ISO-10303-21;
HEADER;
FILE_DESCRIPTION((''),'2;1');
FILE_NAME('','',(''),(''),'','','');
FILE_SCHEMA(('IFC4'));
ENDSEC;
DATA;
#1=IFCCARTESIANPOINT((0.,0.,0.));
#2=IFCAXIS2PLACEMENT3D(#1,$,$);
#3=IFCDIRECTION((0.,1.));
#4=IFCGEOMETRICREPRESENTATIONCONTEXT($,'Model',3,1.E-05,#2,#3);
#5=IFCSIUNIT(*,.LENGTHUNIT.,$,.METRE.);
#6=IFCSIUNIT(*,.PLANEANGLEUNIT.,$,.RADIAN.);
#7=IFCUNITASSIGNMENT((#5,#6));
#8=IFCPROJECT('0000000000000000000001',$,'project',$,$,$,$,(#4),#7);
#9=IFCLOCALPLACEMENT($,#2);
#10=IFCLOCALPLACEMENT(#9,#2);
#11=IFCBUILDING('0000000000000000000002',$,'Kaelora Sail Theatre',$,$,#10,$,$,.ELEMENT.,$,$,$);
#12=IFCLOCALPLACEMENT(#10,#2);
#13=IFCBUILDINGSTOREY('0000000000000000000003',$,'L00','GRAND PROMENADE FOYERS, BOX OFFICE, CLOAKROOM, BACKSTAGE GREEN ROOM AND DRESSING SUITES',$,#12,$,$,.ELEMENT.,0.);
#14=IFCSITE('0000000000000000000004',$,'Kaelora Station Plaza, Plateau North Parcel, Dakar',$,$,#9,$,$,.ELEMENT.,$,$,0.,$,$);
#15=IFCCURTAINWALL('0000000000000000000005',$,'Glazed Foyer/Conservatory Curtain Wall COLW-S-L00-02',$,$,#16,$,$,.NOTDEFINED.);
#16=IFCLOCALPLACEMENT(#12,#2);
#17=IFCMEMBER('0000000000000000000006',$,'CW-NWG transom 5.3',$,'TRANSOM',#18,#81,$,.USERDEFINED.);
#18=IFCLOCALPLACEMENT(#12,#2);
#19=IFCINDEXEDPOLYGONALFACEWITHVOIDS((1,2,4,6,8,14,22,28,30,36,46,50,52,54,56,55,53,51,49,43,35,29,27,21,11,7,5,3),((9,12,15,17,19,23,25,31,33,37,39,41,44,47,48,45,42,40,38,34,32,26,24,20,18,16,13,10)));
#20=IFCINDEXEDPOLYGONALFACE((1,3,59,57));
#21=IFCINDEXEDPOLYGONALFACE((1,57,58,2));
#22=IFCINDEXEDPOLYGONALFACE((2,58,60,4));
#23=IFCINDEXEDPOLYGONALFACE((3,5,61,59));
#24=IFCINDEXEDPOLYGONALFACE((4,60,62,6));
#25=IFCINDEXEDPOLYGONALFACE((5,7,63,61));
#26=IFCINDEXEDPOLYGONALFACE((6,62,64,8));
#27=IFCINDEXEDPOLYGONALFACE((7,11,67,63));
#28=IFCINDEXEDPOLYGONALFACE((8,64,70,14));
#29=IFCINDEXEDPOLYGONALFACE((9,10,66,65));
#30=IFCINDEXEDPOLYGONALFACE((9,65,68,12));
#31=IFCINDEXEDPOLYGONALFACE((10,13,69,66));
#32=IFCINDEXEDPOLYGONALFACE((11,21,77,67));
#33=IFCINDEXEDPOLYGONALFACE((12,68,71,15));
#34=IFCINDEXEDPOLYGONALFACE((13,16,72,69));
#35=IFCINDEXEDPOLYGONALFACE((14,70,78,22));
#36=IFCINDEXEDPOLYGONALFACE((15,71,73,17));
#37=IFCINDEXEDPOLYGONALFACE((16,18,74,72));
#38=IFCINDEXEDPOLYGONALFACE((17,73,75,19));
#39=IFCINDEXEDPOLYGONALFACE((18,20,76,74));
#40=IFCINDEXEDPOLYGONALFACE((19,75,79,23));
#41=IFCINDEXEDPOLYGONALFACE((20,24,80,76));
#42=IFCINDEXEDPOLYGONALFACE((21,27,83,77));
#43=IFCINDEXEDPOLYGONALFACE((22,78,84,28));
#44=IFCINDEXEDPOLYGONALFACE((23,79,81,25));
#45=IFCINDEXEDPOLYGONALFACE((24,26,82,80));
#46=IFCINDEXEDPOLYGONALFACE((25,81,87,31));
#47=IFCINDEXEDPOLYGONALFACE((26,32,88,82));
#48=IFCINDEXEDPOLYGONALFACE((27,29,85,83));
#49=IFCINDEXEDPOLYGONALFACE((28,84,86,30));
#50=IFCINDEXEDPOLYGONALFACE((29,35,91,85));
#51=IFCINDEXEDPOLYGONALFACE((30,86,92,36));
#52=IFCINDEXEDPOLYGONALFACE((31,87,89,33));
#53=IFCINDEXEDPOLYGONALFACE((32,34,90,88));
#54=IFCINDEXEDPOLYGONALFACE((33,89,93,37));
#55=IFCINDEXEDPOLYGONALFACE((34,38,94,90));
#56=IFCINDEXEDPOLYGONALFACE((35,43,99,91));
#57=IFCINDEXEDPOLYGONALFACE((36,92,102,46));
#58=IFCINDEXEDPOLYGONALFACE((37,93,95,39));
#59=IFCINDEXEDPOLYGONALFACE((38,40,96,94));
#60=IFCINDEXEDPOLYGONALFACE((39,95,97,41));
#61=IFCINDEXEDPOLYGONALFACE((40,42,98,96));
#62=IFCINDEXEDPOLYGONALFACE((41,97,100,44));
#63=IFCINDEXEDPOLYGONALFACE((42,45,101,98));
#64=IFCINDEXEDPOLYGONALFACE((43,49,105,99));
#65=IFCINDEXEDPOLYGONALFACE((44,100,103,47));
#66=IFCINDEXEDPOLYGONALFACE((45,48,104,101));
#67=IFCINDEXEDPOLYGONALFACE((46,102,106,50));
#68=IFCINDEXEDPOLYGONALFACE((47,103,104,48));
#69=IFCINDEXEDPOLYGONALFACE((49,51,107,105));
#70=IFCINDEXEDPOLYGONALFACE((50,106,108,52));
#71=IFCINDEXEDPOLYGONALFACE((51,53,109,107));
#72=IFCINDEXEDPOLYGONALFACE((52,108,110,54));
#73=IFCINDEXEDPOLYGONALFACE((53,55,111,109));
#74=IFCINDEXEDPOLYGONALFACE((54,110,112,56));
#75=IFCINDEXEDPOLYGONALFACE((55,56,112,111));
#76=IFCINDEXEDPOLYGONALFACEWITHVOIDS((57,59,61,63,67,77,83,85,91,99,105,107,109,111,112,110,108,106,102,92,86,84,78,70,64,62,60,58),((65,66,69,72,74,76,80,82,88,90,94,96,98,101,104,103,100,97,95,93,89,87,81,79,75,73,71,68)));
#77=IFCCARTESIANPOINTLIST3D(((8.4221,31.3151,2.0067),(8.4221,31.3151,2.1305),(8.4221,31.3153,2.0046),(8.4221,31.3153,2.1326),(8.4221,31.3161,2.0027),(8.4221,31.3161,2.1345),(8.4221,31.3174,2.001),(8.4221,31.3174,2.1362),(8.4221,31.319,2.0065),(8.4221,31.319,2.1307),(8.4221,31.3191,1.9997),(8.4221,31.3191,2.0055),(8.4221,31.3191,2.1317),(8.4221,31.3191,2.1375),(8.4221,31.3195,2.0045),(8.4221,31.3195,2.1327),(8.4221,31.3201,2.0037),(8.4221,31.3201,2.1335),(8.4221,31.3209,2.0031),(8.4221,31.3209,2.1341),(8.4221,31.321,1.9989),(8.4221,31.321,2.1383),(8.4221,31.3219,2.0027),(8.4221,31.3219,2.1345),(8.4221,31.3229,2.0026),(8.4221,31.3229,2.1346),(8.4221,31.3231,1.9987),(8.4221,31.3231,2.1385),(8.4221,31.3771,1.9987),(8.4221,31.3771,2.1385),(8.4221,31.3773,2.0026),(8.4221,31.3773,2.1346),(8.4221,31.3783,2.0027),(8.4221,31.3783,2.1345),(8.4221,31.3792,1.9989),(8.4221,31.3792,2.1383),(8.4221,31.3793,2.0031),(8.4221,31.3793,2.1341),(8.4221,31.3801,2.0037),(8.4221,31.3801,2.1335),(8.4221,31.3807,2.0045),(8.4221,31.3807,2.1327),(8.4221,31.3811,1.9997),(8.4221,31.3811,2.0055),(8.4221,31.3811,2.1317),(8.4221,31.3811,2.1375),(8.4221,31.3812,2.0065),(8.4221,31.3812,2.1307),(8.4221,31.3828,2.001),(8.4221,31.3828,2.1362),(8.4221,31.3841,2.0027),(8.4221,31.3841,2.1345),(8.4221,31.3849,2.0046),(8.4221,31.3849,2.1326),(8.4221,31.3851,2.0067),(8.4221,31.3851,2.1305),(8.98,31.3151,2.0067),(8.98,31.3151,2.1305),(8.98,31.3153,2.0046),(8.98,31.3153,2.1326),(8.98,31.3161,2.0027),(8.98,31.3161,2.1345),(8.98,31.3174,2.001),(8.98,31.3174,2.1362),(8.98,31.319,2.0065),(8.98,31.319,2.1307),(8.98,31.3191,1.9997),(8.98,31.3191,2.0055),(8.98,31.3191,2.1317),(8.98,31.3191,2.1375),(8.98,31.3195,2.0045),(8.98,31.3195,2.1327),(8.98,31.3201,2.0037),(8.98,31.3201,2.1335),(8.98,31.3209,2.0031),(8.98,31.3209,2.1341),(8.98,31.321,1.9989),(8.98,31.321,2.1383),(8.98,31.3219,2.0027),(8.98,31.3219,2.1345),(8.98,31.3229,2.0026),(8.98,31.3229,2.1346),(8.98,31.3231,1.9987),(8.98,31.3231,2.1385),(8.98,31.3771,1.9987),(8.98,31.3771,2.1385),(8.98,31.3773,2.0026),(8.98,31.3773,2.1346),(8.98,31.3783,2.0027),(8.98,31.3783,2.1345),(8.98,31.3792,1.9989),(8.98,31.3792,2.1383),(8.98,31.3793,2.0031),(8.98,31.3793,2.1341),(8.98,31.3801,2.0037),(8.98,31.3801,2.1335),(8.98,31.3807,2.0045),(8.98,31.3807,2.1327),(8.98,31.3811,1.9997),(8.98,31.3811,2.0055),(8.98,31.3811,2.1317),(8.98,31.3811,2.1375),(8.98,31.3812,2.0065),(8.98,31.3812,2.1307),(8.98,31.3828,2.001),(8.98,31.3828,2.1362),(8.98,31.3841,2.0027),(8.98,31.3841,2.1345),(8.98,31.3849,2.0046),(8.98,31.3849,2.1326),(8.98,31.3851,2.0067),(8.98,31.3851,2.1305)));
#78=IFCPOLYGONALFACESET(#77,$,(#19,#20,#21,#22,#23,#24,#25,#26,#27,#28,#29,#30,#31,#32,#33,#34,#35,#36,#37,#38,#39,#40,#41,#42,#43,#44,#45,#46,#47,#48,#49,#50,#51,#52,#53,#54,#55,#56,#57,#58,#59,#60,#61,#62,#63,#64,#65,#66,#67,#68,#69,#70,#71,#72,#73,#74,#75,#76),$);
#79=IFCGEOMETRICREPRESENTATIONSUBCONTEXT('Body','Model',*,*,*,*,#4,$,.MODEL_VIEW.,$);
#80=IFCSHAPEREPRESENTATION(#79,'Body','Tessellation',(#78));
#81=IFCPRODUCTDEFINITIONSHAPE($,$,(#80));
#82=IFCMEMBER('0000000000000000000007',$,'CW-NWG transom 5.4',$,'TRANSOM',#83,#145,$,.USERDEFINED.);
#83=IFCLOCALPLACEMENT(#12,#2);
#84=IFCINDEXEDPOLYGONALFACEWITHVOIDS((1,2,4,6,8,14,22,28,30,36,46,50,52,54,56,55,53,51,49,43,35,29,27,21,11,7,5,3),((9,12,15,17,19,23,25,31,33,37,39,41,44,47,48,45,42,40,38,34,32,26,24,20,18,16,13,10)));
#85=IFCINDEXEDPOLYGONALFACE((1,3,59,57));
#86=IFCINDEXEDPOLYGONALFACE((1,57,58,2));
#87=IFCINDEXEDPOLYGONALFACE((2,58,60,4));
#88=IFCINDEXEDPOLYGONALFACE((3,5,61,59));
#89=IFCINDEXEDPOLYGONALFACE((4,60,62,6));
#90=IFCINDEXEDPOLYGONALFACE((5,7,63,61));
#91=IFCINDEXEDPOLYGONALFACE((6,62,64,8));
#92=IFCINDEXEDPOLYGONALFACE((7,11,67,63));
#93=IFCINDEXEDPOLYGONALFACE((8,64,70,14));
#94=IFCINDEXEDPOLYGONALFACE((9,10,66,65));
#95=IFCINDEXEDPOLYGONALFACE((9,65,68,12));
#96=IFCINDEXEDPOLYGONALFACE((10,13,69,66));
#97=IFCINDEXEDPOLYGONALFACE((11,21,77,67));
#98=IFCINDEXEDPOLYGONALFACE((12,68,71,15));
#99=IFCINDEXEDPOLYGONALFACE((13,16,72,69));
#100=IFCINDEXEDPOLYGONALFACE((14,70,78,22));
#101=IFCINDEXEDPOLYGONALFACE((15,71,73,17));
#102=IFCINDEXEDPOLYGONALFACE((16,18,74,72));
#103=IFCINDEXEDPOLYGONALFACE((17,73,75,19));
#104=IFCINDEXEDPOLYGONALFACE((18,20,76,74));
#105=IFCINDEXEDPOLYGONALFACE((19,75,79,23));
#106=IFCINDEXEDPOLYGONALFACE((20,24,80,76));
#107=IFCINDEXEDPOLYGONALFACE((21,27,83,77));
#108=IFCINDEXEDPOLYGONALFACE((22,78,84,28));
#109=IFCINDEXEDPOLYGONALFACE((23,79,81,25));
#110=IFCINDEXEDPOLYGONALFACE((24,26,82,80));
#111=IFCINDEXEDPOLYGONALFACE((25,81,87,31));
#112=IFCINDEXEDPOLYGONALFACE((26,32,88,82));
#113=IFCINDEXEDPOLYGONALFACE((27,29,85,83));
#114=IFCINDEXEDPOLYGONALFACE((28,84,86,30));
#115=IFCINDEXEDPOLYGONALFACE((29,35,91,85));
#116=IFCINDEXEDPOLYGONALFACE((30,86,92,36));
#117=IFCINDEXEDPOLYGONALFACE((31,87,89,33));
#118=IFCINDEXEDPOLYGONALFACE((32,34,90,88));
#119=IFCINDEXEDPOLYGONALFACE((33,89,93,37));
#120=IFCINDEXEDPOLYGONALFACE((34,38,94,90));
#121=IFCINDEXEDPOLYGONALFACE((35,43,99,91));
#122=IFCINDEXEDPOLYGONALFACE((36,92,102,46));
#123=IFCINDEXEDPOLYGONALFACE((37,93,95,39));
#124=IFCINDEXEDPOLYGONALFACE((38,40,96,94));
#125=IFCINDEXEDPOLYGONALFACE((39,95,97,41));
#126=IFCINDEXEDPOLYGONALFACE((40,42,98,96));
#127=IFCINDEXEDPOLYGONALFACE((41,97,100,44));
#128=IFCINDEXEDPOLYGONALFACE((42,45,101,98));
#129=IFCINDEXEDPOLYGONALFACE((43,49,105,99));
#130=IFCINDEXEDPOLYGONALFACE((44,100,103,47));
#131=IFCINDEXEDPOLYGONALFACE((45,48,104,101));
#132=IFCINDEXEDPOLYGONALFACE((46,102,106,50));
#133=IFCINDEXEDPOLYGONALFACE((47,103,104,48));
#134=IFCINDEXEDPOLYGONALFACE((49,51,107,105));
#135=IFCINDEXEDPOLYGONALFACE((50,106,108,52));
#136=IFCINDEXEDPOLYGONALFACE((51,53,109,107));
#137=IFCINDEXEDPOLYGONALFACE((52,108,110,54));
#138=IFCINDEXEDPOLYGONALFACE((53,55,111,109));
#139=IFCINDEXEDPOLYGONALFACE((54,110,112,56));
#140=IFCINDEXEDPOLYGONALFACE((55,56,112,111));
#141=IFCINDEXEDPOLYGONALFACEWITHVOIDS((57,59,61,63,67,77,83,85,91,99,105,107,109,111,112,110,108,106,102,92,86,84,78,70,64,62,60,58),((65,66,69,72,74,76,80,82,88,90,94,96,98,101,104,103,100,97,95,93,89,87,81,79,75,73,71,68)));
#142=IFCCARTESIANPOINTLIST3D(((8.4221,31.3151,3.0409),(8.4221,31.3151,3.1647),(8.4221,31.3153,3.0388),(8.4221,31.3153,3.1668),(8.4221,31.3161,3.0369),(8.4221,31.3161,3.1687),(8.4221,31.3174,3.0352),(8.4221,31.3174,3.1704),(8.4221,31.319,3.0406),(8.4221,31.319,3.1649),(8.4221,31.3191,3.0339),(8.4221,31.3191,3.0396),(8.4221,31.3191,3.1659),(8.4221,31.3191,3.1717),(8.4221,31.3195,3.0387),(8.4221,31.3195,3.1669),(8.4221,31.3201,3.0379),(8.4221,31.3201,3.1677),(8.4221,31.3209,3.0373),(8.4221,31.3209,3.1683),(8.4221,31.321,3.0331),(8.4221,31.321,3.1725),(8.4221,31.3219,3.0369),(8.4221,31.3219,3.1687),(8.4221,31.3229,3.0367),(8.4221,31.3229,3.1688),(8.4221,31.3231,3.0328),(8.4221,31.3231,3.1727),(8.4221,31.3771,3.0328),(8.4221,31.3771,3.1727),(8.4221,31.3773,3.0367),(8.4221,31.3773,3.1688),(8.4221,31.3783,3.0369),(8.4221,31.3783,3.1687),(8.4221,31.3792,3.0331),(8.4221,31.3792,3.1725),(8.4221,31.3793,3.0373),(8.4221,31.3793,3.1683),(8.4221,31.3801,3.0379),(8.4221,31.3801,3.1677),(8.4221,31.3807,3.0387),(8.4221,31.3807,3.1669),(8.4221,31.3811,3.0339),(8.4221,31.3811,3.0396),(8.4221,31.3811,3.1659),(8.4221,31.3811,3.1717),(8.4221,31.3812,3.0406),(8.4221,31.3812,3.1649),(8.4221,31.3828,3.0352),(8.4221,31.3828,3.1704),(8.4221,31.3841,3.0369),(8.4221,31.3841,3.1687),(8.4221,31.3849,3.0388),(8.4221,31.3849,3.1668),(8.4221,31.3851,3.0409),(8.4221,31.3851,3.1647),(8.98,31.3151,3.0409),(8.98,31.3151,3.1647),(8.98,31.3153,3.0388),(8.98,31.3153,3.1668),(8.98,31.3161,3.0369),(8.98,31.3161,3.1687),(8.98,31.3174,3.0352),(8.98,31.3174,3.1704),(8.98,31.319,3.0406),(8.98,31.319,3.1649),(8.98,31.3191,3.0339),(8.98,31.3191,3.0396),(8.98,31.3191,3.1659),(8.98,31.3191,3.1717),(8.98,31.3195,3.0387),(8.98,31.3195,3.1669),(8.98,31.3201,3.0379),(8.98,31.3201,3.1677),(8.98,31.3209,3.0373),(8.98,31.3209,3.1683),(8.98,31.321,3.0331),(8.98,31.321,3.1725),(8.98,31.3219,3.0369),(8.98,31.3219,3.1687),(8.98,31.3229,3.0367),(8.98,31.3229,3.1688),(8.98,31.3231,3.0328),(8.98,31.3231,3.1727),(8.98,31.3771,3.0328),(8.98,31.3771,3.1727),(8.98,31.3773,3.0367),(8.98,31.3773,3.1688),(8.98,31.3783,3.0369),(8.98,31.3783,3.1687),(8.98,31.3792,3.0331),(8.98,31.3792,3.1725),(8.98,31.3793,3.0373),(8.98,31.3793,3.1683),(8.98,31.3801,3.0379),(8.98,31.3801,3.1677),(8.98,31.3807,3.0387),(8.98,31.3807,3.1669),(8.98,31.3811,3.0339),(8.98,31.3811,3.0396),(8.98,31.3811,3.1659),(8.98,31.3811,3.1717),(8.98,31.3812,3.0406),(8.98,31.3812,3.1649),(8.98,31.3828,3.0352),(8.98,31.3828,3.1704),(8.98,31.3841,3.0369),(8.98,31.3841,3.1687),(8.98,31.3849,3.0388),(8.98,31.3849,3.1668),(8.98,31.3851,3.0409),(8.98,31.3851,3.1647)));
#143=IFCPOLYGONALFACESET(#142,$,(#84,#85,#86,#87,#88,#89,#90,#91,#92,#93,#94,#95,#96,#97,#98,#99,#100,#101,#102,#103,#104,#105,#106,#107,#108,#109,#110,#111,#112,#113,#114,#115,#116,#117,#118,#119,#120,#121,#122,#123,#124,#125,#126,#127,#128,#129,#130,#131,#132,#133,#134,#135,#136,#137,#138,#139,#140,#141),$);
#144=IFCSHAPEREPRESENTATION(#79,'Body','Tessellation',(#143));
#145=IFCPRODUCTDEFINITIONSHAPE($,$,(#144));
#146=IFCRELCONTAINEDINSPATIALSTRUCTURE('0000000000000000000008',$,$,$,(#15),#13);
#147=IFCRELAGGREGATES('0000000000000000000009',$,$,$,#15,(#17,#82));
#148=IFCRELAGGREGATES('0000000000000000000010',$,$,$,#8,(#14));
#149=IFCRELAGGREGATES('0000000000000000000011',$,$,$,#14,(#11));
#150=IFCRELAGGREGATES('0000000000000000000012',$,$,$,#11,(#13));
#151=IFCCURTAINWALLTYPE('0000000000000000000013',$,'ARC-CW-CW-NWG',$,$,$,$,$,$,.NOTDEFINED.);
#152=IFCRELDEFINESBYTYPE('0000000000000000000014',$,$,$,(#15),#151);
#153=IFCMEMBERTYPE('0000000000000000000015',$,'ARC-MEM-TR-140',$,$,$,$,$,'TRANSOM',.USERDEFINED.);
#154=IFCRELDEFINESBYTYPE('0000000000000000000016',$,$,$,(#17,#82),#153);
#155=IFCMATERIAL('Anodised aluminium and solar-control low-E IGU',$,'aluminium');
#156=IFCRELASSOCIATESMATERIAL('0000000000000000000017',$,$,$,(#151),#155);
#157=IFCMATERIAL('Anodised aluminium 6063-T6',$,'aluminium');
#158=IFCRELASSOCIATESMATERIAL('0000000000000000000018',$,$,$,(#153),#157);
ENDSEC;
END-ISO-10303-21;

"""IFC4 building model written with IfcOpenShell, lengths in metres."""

from ifc_helpers import new_model, si_unit, direction, frame, origin, origin_2d, place, context, subcontext, project, spatial, hollow_rectangle, extrude, material, material_profile, profile_set, type_object, element, aggregate, save


model = new_model("IFC4")

# Units and contexts
model_context = context("Model", 3, precision=1e-05, world=origin(), true_north=direction((0.0, 1.0)))
body_context = subcontext(model_context, "Body", "Model", "MODEL_VIEW")
ifc_project = project(units=[si_unit("LENGTHUNIT", "METRE"), si_unit("PLANEANGLEUNIT", "RADIAN")], contexts=[model_context])

# Site, building, storey
site_placement = place(None, origin())
site = spatial("IfcSite", under=ifc_project, at=site_placement, Name="Kaelora Station Plaza, Plateau North Parcel, Dakar", CompositionType="ELEMENT", RefElevation=0.0)
building_placement = place(site_placement, origin())
building = spatial("IfcBuilding", under=site, at=building_placement, Name="Kaelora Sail Theatre", CompositionType="ELEMENT")
storey_placement = place(building_placement, origin())
storey = spatial("IfcBuildingStorey", under=building, at=storey_placement, Name="L00", Description="GRAND PROMENADE FOYERS, BOX OFFICE, CLOAKROOM, BACKSTAGE GREEN ROOM AND DRESSING SUITES", CompositionType="ELEMENT", Elevation=0.0)

# Curtain wall, members
ifc_material_1 = material(Name="Anodised aluminium and solar-control low-E IGU", Category="aluminium")
curtain_wall_type = type_object("IfcCurtainWallType", Name="ARC-CW-CW-NWG", PredefinedType="NOTDEFINED", material=ifc_material_1)
curtain_wall_1_placement = place(storey_placement, origin())
curtain_wall_1 = element("IfcCurtainWall", 1, at=curtain_wall_1_placement, inside=storey, type_object=curtain_wall_type, Name="Glazed Foyer/Conservatory Curtain Wall COLW-S-L00-02", PredefinedType="NOTDEFINED")
ifc_material_2 = material(Name="Anodised aluminium 6063-T6", Category="aluminium")
ifc_material_profile = material_profile(ifc_material_2, hollow_rectangle(XDim=0.0701, YDim=0.1399, WallThickness=0.0039, InnerFilletRadius=0.0039, OuterFilletRadius=0.0081, at=origin_2d()), Name="ALU-TRAN 70x140x4")
ifc_profile_set = profile_set([ifc_material_profile], Name="Anodised aluminium 6063-T6")
member_type = type_object("IfcMemberType", Name="ARC-MEM-TR-140", ElementType="TRANSOM", PredefinedType="USERDEFINED", material=ifc_profile_set)
member_1_placement = place(storey_placement, frame((8.4221, 31.3501, 2.0686), z_axis=(1.0, 0.0, 0.0), x_axis=(0.0, 1.0, 0.0)))
member_1 = element("IfcMember", 2, at=member_1_placement, type_object=member_type, Name="CW-NWG transom 5.3", ObjectType="TRANSOM", PredefinedType="USERDEFINED", context=body_context, shape_type="SweptSolid", body=[
    extrude(hollow_rectangle(XDim=0.0701, YDim=0.1399, WallThickness=0.0039, InnerFilletRadius=0.0039, OuterFilletRadius=0.0081, at=origin_2d()), origin(), (0.0, 0.0, 1.0), 0.5579),
])
member_2_placement = place(storey_placement, frame((8.4221, 31.3501, 3.1028), z_axis=(1.0, 0.0, 0.0), x_axis=(0.0, 1.0, 0.0)))
member_2 = element("IfcMember", 3, at=member_2_placement, type_object=member_type, Name="CW-NWG transom 5.4", ObjectType="TRANSOM", PredefinedType="USERDEFINED", context=body_context, shape_type="SweptSolid", body=[
    extrude(hollow_rectangle(XDim=0.0701, YDim=0.1399, WallThickness=0.0039, InnerFilletRadius=0.0039, OuterFilletRadius=0.0081, at=origin_2d()), origin(), (0.0, 0.0, 1.0), 0.5579),
])

aggregate(curtain_wall_1, [member_1, member_2])

save(model, "model.ifc")
